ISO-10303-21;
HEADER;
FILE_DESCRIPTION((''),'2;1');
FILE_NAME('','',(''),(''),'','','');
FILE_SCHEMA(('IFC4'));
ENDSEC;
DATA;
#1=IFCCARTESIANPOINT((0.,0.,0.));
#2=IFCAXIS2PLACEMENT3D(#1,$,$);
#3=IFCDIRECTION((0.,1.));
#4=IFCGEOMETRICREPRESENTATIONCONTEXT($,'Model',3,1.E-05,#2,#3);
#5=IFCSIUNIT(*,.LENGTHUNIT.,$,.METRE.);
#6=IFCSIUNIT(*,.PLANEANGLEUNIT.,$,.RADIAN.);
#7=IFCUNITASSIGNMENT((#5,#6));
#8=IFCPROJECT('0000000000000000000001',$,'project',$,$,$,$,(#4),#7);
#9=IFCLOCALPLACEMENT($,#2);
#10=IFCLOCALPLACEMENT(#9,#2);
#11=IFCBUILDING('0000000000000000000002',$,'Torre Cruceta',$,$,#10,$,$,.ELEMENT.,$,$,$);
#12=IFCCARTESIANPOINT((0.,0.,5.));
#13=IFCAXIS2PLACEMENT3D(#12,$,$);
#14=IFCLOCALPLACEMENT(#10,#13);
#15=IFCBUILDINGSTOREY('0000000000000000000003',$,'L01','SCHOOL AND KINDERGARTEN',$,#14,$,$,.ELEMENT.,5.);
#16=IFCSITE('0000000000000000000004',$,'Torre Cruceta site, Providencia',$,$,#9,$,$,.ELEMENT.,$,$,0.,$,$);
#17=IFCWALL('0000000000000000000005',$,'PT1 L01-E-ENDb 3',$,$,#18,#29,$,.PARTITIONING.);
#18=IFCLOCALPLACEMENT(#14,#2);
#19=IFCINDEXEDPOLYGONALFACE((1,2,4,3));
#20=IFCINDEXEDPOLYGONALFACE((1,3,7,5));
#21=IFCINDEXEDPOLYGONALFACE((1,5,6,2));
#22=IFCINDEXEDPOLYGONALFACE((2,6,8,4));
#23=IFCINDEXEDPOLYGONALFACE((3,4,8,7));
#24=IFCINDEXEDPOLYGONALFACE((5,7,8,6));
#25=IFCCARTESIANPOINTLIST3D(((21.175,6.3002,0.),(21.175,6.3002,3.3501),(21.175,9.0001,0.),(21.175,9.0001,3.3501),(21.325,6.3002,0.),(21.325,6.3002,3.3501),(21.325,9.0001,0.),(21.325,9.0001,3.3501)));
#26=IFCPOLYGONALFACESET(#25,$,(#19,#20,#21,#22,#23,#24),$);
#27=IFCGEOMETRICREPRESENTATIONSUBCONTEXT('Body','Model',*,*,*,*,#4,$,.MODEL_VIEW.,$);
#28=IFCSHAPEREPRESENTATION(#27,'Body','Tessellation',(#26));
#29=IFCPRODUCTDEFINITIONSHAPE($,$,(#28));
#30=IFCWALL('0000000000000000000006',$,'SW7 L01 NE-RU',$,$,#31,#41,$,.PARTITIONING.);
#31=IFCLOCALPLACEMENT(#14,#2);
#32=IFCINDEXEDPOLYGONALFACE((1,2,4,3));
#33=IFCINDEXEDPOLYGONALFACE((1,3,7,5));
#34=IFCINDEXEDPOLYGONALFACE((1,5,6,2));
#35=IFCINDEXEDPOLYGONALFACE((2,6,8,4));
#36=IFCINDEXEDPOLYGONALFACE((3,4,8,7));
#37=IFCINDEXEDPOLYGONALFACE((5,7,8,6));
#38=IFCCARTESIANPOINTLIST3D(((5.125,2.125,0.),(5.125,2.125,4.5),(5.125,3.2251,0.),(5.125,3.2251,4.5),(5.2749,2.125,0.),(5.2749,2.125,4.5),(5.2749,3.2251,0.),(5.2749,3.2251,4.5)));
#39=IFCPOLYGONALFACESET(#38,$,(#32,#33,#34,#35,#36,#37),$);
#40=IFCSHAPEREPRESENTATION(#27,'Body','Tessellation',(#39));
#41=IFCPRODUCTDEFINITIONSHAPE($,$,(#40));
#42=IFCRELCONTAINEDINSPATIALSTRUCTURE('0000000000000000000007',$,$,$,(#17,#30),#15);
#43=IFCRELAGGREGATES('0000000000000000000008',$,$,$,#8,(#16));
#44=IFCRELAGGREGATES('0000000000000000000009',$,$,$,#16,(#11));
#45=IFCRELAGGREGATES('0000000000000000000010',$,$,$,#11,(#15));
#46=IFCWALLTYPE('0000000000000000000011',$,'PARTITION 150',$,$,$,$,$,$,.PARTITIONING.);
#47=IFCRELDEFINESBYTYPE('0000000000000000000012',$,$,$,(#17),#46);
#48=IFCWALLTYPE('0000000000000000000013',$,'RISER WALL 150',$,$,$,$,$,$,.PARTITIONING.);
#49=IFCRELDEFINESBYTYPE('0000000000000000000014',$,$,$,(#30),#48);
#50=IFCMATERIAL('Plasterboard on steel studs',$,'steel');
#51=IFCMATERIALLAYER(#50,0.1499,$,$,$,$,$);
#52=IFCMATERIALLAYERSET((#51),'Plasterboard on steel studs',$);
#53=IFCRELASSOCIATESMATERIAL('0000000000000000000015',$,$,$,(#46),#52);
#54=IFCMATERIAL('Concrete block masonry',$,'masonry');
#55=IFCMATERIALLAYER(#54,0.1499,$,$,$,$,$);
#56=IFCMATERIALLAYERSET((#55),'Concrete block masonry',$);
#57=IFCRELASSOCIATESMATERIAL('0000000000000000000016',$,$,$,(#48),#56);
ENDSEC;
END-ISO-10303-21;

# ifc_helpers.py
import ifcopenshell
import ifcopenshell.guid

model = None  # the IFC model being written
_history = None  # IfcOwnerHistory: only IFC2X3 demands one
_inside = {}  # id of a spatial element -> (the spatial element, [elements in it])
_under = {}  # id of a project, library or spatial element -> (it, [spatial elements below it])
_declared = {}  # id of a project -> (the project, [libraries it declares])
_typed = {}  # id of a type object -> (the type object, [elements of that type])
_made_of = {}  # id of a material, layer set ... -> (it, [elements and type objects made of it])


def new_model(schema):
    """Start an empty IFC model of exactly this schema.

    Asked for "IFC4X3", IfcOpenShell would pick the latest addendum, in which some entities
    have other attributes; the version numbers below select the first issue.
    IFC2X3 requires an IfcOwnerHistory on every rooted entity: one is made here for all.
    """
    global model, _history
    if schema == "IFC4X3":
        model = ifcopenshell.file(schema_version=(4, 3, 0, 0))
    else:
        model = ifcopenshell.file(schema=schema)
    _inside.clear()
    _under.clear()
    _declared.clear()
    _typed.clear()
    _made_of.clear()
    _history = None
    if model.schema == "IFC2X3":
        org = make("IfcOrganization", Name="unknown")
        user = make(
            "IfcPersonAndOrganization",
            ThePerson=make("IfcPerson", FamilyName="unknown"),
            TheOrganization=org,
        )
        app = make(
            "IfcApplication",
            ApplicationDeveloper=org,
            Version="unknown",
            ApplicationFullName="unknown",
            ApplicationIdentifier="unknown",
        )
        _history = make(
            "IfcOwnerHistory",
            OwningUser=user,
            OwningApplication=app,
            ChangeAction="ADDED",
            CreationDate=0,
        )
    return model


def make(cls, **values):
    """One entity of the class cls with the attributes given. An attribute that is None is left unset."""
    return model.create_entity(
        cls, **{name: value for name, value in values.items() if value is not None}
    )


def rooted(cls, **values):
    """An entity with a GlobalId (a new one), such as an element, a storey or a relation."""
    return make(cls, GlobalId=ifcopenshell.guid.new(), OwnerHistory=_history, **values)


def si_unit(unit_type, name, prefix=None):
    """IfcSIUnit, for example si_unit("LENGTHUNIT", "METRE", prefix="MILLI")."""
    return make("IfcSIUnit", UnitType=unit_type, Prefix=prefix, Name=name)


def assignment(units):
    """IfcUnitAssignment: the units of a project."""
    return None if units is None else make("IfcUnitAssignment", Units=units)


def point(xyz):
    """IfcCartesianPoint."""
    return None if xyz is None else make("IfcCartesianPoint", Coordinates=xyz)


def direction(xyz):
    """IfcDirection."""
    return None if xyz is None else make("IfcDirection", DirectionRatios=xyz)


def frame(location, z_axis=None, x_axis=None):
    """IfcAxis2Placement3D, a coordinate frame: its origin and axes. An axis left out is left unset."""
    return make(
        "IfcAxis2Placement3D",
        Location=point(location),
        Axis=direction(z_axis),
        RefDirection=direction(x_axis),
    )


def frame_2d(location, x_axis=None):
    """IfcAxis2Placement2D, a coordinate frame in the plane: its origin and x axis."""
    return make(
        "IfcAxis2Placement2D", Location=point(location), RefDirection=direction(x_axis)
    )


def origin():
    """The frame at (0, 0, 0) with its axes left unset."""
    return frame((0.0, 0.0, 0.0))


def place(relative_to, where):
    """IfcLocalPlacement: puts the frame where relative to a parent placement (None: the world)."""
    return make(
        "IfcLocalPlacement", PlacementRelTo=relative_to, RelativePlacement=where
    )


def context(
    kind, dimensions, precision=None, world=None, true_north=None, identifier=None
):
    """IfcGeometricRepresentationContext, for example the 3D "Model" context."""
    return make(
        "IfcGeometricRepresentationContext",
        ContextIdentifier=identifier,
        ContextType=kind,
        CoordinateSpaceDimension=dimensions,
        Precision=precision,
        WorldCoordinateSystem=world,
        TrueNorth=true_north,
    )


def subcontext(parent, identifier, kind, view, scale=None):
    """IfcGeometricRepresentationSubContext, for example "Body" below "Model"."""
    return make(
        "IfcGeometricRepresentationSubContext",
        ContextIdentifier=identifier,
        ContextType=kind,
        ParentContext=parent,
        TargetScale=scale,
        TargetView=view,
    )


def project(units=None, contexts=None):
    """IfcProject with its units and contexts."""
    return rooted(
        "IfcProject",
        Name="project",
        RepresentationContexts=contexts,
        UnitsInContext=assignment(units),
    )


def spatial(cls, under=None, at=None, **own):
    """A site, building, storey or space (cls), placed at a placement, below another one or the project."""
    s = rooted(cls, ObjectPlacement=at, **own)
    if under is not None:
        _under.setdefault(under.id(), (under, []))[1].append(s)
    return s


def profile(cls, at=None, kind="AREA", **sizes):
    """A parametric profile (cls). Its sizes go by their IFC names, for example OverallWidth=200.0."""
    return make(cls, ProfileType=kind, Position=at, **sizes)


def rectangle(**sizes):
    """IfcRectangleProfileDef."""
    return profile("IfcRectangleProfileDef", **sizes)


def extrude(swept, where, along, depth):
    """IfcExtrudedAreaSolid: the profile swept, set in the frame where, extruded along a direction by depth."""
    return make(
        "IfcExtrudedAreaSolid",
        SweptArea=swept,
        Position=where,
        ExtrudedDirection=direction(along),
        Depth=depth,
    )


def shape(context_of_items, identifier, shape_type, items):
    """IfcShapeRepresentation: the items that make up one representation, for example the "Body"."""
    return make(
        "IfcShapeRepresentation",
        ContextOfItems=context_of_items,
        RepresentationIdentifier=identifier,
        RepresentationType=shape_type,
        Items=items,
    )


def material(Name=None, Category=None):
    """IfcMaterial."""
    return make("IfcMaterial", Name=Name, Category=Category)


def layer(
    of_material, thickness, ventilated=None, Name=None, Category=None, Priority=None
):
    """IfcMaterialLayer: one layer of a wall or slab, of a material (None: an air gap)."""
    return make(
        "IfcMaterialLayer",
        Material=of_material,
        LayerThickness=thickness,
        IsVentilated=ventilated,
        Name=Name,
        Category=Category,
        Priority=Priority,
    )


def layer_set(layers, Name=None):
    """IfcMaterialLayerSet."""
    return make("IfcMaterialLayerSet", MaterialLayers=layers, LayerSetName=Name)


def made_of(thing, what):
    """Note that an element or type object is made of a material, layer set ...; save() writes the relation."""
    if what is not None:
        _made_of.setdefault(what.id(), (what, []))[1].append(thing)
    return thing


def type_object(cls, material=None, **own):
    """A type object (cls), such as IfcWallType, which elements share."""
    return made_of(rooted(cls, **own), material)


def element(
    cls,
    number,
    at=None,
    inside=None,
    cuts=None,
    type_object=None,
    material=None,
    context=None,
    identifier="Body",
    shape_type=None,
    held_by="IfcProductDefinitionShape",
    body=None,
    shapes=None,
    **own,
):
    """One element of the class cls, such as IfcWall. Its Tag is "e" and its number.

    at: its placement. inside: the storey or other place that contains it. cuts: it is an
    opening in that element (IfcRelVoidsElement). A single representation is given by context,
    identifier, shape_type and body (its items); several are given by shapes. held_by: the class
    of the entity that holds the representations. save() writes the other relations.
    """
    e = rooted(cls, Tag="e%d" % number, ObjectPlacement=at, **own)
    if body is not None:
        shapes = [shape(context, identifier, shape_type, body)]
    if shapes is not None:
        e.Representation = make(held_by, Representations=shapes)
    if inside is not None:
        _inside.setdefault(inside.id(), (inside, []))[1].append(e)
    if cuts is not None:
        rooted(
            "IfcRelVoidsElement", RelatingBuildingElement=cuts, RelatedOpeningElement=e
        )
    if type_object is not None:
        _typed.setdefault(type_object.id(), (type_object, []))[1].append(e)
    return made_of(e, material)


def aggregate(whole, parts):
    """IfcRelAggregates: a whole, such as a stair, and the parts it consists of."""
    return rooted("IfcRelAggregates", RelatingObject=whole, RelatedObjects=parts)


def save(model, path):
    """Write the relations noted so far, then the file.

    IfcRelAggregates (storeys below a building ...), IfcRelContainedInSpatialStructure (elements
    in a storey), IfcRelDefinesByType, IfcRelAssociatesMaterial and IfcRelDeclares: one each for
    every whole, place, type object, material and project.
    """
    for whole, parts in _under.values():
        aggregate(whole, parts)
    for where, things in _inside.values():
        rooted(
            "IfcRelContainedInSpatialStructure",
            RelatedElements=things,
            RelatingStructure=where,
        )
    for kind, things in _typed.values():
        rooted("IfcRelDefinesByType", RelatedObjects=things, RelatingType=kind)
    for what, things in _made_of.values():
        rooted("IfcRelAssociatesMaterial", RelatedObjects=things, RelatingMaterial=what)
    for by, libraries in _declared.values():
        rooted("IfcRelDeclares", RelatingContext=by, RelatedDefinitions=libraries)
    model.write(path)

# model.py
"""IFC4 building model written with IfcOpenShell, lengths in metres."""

from ifc_helpers import new_model, si_unit, direction, frame, frame_2d, origin, place, context, subcontext, project, spatial, rectangle, extrude, material, layer, layer_set, type_object, element, save


model = new_model("IFC4")

# Units and contexts
model_context = context("Model", 3, precision=1e-05, world=origin(), true_north=direction((0.0, 1.0)))
body_context = subcontext(model_context, "Body", "Model", "MODEL_VIEW")
ifc_project = project(units=[si_unit("LENGTHUNIT", "METRE"), si_unit("PLANEANGLEUNIT", "RADIAN")], contexts=[model_context])

# Site, building, storey
site_placement = place(None, origin())
site = spatial("IfcSite", under=ifc_project, at=site_placement, Name="Torre Cruceta site, Providencia", CompositionType="ELEMENT", RefElevation=0.0)
building_placement = place(site_placement, origin())
building = spatial("IfcBuilding", under=site, at=building_placement, Name="Torre Cruceta", CompositionType="ELEMENT")
storey_placement = place(building_placement, frame((0.0, 0.0, 5.0)))
storey = spatial("IfcBuildingStorey", under=building, at=storey_placement, Name="L01", Description="SCHOOL AND KINDERGARTEN", CompositionType="ELEMENT", Elevation=5.0)

# Shared definitions
ifc_material_1 = material(Name="Plasterboard on steel studs", Category="steel")
ifc_layer_1 = layer(ifc_material_1, 0.1499)
ifc_layer_set_1 = layer_set([ifc_layer_1], Name="Plasterboard on steel studs")
wall_type_1 = type_object("IfcWallType", Name="PARTITION 150", PredefinedType="PARTITIONING", material=ifc_layer_set_1)

# Walls
wall_1_placement = place(storey_placement, frame((21.25, 6.3, 0.0), z_axis=(0.0, 0.0, 1.0), x_axis=(0.0, 1.0, 0.0)))
element("IfcWall", 1, at=wall_1_placement, inside=storey, type_object=wall_type_1, Name="PT1 L01-E-ENDb 3", PredefinedType="PARTITIONING", context=body_context, shape_type="SweptSolid", body=[
    extrude(rectangle(XDim=2.7, YDim=0.1499, at=frame_2d((1.3501, 0.0))), origin(), (0.0, 0.0, 1.0), 3.3501),
])
ifc_material_2 = material(Name="Concrete block masonry", Category="masonry")
ifc_layer_2 = layer(ifc_material_2, 0.1499)
ifc_layer_set_2 = layer_set([ifc_layer_2], Name="Concrete block masonry")
wall_type_2 = type_object("IfcWallType", Name="RISER WALL 150", PredefinedType="PARTITIONING", material=ifc_layer_set_2)
wall_2_placement = place(storey_placement, frame((5.2, 2.125, 0.0), z_axis=(0.0, 0.0, 1.0), x_axis=(0.0, 1.0, 0.0)))
element("IfcWall", 2, at=wall_2_placement, inside=storey, type_object=wall_type_2, Name="SW7 L01 NE-RU", PredefinedType="PARTITIONING", context=body_context, shape_type="SweptSolid", body=[
    extrude(rectangle(XDim=1.1001, YDim=0.1499, at=frame_2d((0.55, 0.0))), origin(), (0.0, 0.0, 1.0), 4.5),
])

save(model, "model.ifc")
